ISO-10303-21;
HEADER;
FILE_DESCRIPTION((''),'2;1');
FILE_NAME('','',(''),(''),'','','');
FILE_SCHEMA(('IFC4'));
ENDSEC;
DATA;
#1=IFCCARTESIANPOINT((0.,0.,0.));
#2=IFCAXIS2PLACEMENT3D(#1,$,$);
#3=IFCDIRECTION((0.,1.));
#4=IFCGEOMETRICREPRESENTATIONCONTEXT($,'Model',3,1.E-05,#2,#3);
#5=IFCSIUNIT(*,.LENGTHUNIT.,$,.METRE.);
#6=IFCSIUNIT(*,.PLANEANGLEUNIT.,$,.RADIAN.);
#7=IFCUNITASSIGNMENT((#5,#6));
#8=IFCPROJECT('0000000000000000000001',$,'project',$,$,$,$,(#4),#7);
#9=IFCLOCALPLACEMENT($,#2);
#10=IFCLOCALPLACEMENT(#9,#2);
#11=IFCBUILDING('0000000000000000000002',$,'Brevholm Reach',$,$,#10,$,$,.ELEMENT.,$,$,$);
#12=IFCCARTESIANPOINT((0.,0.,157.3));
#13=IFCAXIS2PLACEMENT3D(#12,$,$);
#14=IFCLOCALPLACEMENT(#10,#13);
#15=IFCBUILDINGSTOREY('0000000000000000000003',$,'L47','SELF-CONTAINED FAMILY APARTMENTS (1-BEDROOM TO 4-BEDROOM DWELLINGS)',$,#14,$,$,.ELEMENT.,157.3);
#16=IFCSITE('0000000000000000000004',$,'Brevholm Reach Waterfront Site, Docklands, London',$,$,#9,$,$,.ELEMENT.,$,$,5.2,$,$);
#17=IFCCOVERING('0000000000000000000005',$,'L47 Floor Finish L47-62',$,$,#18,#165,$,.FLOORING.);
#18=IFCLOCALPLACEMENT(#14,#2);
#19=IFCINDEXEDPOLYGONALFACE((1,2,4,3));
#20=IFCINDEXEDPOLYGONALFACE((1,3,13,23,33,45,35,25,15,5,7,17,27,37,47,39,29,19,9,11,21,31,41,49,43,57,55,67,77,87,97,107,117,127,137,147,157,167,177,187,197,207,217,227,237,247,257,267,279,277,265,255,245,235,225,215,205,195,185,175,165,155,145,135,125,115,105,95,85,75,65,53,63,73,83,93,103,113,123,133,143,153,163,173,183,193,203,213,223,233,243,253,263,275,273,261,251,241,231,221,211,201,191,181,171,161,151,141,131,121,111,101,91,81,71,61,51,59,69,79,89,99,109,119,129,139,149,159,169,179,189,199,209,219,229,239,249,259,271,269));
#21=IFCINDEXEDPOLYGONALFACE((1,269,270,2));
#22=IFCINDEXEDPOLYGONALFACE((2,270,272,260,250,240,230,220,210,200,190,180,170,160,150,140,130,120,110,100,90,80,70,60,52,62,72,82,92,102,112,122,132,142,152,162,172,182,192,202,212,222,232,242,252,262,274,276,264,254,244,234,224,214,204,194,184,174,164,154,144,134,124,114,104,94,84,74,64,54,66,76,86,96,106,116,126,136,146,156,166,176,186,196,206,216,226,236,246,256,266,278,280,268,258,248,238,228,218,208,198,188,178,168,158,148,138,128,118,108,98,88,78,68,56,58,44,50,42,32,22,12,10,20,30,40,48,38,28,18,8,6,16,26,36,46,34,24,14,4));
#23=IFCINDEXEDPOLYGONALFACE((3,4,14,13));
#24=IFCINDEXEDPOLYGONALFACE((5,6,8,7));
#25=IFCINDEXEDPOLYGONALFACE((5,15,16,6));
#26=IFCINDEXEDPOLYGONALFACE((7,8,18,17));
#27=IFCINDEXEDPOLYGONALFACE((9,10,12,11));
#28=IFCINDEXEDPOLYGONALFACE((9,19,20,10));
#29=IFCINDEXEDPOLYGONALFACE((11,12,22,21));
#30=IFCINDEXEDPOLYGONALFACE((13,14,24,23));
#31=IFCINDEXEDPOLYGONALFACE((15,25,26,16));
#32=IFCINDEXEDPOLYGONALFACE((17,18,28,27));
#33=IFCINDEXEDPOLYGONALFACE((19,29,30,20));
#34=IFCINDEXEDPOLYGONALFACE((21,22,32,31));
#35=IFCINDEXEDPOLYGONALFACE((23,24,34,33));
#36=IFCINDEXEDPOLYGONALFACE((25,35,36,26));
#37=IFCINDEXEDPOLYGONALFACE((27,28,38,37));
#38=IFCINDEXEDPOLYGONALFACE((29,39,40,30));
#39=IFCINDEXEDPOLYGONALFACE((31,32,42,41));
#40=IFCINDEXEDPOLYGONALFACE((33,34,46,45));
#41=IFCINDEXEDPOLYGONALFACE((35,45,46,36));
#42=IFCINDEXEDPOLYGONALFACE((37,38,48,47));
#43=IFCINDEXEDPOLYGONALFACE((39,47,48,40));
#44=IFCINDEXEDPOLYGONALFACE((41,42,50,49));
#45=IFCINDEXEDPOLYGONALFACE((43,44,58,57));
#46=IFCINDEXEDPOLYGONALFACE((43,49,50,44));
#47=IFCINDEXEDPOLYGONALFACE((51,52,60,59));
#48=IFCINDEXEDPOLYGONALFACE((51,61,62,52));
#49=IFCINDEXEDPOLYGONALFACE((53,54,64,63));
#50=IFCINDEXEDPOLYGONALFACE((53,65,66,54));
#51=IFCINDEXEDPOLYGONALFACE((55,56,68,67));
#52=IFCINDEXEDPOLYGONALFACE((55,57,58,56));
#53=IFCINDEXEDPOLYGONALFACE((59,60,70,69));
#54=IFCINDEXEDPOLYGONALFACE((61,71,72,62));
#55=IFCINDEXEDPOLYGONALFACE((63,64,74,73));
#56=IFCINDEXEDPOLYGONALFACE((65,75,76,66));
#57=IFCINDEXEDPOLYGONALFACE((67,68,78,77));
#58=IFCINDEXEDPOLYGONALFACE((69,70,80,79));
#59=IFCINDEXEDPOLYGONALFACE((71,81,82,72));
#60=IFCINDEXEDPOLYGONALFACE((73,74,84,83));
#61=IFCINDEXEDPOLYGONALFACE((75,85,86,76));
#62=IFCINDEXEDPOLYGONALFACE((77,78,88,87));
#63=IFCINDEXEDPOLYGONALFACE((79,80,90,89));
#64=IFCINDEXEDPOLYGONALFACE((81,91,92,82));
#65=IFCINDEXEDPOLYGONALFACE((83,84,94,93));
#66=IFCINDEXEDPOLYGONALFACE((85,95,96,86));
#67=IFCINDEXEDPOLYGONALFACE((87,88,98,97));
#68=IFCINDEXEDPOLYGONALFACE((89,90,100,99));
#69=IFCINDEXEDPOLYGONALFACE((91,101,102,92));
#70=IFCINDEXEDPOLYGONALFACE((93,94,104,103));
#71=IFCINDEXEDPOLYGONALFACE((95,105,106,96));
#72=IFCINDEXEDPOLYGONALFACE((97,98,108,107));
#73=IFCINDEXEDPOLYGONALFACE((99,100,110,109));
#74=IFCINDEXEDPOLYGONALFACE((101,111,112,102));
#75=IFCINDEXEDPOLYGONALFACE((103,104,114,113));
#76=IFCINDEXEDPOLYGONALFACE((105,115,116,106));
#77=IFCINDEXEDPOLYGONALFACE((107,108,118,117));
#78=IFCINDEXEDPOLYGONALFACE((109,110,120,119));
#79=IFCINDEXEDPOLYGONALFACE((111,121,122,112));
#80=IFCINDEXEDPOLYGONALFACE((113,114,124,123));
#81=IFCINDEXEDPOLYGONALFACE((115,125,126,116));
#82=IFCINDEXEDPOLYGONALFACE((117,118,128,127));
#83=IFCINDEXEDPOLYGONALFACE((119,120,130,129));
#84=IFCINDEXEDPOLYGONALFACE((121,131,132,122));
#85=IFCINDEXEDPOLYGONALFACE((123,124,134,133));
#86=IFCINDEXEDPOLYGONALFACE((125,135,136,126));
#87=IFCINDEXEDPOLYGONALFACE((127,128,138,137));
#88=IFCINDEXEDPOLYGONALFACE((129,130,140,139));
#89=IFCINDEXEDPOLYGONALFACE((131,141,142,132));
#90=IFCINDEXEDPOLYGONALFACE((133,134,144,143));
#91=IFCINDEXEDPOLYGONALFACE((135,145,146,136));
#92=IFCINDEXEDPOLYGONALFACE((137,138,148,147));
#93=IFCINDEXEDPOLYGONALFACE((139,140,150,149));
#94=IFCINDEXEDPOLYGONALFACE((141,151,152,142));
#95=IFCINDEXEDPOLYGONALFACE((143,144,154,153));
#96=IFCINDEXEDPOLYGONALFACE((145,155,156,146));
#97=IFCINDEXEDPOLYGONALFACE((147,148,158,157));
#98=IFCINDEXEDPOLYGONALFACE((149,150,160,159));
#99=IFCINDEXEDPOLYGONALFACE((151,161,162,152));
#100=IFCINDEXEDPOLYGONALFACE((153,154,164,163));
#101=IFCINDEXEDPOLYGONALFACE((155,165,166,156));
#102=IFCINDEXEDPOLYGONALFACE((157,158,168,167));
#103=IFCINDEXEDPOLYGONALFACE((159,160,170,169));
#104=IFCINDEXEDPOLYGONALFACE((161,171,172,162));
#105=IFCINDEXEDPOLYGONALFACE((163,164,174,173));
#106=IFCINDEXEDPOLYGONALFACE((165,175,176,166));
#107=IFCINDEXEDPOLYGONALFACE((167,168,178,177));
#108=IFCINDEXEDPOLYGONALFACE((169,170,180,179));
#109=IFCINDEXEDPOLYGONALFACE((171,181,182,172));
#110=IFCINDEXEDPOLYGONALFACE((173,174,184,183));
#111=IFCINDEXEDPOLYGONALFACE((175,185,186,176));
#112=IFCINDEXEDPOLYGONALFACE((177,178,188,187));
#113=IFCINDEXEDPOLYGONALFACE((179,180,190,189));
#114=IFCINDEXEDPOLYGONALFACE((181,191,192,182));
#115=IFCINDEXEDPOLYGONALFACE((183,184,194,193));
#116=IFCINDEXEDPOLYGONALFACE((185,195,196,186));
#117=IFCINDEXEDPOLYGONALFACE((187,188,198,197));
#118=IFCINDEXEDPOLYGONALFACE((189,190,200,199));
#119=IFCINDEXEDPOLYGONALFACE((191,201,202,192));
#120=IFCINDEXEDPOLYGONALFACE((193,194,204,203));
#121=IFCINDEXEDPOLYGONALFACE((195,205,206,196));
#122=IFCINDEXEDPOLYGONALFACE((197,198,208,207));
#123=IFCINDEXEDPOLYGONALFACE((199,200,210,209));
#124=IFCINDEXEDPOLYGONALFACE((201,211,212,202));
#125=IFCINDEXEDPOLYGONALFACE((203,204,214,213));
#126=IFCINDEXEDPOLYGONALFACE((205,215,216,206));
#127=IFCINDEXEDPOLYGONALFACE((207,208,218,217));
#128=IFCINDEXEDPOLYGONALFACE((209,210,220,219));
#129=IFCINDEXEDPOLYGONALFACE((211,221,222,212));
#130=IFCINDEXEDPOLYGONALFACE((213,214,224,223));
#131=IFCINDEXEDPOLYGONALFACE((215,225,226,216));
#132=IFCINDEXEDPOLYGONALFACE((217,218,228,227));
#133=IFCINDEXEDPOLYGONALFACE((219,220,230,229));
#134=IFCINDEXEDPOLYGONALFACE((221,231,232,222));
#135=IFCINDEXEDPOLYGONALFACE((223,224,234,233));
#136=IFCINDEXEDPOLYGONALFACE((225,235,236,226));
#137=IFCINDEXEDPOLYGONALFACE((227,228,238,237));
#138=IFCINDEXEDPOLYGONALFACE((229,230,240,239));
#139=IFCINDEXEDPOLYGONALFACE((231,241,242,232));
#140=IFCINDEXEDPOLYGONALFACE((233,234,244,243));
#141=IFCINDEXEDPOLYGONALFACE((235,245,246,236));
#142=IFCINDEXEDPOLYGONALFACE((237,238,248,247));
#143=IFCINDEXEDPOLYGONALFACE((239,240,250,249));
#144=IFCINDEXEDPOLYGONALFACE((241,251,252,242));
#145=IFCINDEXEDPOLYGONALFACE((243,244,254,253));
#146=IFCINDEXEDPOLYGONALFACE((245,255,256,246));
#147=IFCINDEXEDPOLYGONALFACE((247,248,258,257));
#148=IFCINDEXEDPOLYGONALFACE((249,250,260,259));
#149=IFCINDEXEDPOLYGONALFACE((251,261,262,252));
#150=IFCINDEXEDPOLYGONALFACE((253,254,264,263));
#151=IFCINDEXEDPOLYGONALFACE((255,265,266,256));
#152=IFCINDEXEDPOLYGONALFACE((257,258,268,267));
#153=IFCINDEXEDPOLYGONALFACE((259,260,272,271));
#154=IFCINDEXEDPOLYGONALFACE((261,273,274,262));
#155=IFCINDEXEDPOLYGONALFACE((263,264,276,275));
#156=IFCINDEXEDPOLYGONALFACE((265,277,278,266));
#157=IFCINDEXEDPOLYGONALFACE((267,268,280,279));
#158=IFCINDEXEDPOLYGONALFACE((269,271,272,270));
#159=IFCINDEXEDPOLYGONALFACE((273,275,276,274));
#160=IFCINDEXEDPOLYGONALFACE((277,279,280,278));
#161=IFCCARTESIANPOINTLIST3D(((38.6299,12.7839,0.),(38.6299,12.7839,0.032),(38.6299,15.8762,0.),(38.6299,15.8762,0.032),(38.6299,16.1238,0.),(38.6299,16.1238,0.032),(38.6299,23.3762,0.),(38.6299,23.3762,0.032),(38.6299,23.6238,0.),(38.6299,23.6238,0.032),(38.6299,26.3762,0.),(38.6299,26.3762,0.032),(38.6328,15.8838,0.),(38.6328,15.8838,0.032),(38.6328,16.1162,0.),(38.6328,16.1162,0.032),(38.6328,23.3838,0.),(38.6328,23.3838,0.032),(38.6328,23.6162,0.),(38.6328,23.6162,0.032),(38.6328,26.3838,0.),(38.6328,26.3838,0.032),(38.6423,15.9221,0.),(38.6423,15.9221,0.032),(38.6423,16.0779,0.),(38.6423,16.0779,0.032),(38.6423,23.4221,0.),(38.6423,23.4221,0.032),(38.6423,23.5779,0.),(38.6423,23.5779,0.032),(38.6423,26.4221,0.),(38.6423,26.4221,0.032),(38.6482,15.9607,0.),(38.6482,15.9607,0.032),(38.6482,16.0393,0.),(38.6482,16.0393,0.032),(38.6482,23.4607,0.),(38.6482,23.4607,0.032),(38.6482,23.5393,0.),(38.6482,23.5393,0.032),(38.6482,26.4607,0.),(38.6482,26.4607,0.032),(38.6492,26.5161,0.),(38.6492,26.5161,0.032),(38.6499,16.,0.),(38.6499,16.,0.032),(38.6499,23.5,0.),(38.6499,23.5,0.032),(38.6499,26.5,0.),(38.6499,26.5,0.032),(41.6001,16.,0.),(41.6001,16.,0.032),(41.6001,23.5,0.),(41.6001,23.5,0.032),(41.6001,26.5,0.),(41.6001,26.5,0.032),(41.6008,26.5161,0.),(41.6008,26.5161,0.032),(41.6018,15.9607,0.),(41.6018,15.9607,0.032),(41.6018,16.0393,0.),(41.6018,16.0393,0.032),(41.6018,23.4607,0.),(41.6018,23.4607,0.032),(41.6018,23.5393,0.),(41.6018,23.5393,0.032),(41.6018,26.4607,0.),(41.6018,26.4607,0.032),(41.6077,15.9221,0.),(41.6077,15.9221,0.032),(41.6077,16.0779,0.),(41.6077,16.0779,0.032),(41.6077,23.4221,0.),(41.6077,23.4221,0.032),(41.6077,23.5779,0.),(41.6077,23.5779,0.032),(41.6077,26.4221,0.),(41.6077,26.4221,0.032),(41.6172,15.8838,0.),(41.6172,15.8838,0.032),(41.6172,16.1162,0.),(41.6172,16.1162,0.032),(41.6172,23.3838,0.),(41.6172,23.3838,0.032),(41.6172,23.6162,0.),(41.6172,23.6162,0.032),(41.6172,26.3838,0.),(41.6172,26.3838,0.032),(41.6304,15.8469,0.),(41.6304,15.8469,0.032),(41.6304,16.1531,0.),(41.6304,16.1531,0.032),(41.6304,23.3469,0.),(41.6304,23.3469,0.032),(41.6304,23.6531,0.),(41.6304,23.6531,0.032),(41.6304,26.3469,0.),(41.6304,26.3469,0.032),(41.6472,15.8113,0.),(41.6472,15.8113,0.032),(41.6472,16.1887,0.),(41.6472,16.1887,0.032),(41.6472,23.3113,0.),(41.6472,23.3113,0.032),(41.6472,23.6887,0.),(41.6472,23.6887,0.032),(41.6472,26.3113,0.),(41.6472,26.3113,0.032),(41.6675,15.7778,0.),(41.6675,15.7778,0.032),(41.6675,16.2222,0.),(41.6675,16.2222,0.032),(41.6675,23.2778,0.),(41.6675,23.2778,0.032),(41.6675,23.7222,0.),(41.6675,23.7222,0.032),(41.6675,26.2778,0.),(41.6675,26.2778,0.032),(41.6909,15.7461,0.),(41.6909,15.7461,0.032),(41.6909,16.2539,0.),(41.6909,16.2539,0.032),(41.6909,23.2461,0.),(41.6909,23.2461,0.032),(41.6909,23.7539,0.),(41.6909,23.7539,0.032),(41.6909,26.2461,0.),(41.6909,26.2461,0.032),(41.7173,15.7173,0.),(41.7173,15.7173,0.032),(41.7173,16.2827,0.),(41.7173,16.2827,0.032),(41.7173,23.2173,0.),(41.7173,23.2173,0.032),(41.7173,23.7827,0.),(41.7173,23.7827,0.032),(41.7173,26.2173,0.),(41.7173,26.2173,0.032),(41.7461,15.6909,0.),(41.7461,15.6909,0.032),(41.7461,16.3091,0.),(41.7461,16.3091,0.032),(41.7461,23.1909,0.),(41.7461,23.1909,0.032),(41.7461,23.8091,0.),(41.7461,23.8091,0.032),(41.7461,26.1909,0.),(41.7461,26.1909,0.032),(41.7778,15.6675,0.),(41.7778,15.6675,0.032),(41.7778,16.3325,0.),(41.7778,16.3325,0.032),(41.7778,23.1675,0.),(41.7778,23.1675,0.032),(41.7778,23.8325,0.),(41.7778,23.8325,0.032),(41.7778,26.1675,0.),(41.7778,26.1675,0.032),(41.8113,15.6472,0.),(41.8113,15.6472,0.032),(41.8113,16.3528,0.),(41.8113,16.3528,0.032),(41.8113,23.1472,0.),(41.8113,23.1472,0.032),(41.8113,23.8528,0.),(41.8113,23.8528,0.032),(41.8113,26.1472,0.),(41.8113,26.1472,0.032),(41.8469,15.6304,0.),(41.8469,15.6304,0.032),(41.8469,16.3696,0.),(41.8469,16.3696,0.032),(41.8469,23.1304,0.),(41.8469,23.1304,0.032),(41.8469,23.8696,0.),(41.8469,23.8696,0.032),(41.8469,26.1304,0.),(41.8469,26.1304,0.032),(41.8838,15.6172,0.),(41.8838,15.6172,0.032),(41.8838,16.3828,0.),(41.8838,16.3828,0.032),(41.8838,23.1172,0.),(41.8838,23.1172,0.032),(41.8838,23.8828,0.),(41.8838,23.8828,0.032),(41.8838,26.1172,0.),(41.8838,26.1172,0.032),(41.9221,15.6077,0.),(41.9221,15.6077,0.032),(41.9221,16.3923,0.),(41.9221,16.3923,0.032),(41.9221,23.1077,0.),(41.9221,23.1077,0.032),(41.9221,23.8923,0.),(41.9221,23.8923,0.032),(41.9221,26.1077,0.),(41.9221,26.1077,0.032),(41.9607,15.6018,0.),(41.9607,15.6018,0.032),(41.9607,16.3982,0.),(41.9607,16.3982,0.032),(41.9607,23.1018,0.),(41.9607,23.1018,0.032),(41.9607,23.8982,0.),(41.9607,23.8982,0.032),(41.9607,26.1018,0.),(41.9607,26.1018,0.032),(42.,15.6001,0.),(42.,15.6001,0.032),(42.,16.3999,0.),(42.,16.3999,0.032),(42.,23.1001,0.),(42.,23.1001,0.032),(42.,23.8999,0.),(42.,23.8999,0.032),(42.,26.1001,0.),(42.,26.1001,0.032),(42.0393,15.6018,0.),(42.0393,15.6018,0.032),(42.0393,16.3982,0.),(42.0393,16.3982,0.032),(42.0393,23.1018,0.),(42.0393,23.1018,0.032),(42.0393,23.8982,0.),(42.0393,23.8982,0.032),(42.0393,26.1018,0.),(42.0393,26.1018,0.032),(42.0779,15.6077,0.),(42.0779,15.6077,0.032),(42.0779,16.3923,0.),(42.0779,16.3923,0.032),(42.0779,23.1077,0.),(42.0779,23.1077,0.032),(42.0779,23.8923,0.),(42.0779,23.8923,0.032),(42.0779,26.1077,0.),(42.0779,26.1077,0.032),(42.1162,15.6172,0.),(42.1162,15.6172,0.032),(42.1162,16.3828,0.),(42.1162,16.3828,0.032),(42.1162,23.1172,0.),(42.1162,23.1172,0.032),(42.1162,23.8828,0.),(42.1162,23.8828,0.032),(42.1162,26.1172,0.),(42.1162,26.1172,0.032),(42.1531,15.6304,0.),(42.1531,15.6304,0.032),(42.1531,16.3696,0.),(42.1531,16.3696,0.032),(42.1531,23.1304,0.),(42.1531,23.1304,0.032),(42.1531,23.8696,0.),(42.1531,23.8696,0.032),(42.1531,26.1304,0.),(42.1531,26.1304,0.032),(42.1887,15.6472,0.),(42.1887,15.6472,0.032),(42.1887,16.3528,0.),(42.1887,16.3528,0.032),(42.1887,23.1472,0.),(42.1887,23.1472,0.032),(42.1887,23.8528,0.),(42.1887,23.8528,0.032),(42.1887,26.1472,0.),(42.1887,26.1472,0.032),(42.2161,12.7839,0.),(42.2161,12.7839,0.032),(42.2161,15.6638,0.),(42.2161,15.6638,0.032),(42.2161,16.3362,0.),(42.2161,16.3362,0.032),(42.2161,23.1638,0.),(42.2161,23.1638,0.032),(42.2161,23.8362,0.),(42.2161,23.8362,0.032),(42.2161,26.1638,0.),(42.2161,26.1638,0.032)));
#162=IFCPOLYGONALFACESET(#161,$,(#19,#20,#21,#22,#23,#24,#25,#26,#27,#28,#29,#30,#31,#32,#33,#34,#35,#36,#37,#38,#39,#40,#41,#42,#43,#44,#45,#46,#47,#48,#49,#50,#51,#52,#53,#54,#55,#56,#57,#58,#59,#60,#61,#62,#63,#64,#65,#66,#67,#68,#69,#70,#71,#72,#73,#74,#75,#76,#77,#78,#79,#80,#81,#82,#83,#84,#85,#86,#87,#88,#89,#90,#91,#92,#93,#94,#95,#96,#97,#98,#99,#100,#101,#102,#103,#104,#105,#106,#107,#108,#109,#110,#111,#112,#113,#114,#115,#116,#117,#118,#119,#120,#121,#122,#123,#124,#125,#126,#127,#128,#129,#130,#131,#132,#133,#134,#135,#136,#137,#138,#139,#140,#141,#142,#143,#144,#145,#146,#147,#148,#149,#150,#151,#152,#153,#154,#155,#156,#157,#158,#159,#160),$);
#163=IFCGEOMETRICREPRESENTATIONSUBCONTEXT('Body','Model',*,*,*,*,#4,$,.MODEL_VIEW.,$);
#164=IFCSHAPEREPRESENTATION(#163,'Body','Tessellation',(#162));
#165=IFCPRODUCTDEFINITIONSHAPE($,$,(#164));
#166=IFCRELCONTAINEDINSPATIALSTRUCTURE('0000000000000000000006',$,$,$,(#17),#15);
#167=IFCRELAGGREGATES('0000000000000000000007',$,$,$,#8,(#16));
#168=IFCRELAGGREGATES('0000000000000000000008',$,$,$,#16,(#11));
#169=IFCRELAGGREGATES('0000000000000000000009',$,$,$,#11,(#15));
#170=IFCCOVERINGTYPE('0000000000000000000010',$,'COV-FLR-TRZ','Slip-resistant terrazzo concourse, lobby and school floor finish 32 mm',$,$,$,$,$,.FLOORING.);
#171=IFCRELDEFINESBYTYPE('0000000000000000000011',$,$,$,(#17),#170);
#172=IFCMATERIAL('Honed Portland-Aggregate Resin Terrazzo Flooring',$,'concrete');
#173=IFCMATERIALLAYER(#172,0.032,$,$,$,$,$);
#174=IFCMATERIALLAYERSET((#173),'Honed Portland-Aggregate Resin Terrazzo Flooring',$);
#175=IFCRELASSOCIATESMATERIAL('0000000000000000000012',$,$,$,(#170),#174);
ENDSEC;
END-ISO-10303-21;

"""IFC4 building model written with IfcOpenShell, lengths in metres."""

from ifc_helpers import new_model, si_unit, direction, frame, origin, place, context, subcontext, project, spatial, polyline, outline, extrude, material, layer, layer_set, type_object, element, save


model = new_model("IFC4")

# Units and contexts
model_context = context("Model", 3, precision=1e-05, world=origin(), true_north=direction((0.0, 1.0)))
body_context = subcontext(model_context, "Body", "Model", "MODEL_VIEW")
ifc_project = project(units=[si_unit("LENGTHUNIT", "METRE"), si_unit("PLANEANGLEUNIT", "RADIAN")], contexts=[model_context])

# Site, building, storey
site_placement = place(None, origin())
site = spatial("IfcSite", under=ifc_project, at=site_placement, Name="Brevholm Reach Waterfront Site, Docklands, London", CompositionType="ELEMENT", RefElevation=5.2)
building_placement = place(site_placement, origin())
building = spatial("IfcBuilding", under=site, at=building_placement, Name="Brevholm Reach", CompositionType="ELEMENT")
storey_placement = place(building_placement, frame((0.0, 0.0, 157.3)))
storey = spatial("IfcBuildingStorey", under=building, at=storey_placement, Name="L47", Description="SELF-CONTAINED FAMILY APARTMENTS (1-BEDROOM TO 4-BEDROOM DWELLINGS)", CompositionType="ELEMENT", Elevation=157.3)

# Covering
ifc_material_1 = material(Name="Honed Portland-Aggregate Resin Terrazzo Flooring", Category="concrete")
ifc_layer_1 = layer(ifc_material_1, 0.032)
ifc_layer_set_1 = layer_set([ifc_layer_1], Name="Honed Portland-Aggregate Resin Terrazzo Flooring")
covering_type_1 = type_object("IfcCoveringType", Name="COV-FLR-TRZ", Description="Slip-resistant terrazzo concourse, lobby and school floor finish 32 mm", PredefinedType="FLOORING", material=ifc_layer_set_1)
covering_1_placement = place(storey_placement, origin())
element("IfcCovering", 1, at=covering_1_placement, inside=storey, type_object=covering_type_1, Name="L47 Floor Finish L47-62", PredefinedType="FLOORING", context=body_context, shape_type="SweptSolid", body=[
    extrude(outline(polyline([(38.6299, 15.8762), (38.6328, 15.8838), (38.6423, 15.9221), (38.6482, 15.9607), (38.6499, 16.0), (38.6482, 16.0393), (38.6423, 16.0779), (38.6328, 16.1162), (38.6299, 16.1238), (38.6299, 23.3762), (38.6328, 23.3838), (38.6423, 23.4221), (38.6482, 23.4607), (38.6499, 23.5), (38.6482, 23.5393), (38.6423, 23.5779), (38.6328, 23.6162), (38.6299, 23.6238), (38.6299, 26.3762), (38.6328, 26.3838), (38.6423, 26.4221), (38.6482, 26.4607), (38.6499, 26.5), (38.6492, 26.5161), (41.6008, 26.5161), (41.6001, 26.5), (41.6018, 26.4607), (41.6077, 26.4221), (41.6172, 26.3838), (41.6304, 26.3469), (41.6472, 26.3113), (41.6675, 26.2778), (41.6909, 26.2461), (41.7173, 26.2173), (41.7461, 26.1909), (41.7778, 26.1675), (41.8113, 26.1472), (41.8469, 26.1304), (41.8838, 26.1172), (41.9221, 26.1077), (41.9607, 26.1018), (42.0, 26.1001), (42.0393, 26.1018), (42.0779, 26.1077), (42.1162, 26.1172), (42.1531, 26.1304), (42.1887, 26.1472), (42.2161, 26.1638), (42.2161, 23.8362), (42.1887, 23.8528), (42.1531, 23.8696), (42.1162, 23.8828), (42.0779, 23.8923), (42.0393, 23.8982), (42.0, 23.8999), (41.9607, 23.8982), (41.9221, 23.8923), (41.8838, 23.8828), (41.8469, 23.8696), (41.8113, 23.8528), (41.7778, 23.8325), (41.7461, 23.8091), (41.7173, 23.7827), (41.6909, 23.7539), (41.6675, 23.7222), (41.6472, 23.6887), (41.6304, 23.6531), (41.6172, 23.6162), (41.6077, 23.5779), (41.6018, 23.5393), (41.6001, 23.5), (41.6018, 23.4607), (41.6077, 23.4221), (41.6172, 23.3838), (41.6304, 23.3469), (41.6472, 23.3113), (41.6675, 23.2778), (41.6909, 23.2461), (41.7173, 23.2173), (41.7461, 23.1909), (41.7778, 23.1675), (41.8113, 23.1472), (41.8469, 23.1304), (41.8838, 23.1172), (41.9221, 23.1077), (41.9607, 23.1018), (42.0, 23.1001), (42.0393, 23.1018), (42.0779, 23.1077), (42.1162, 23.1172), (42.1531, 23.1304), (42.1887, 23.1472), (42.2161, 23.1638), (42.2161, 16.3362), (42.1887, 16.3528), (42.1531, 16.3696), (42.1162, 16.3828), (42.0779, 16.3923), (42.0393, 16.3982), (42.0, 16.3999), (41.9607, 16.3982), (41.9221, 16.3923), (41.8838, 16.3828), (41.8469, 16.3696), (41.8113, 16.3528), (41.7778, 16.3325), (41.7461, 16.3091), (41.7173, 16.2827), (41.6909, 16.2539), (41.6675, 16.2222), (41.6472, 16.1887), (41.6304, 16.1531), (41.6172, 16.1162), (41.6077, 16.0779), (41.6018, 16.0393), (41.6001, 16.0), (41.6018, 15.9607), (41.6077, 15.9221), (41.6172, 15.8838), (41.6304, 15.8469), (41.6472, 15.8113), (41.6675, 15.7778), (41.6909, 15.7461), (41.7173, 15.7173), (41.7461, 15.6909), (41.7778, 15.6675), (41.8113, 15.6472), (41.8469, 15.6304), (41.8838, 15.6172), (41.9221, 15.6077), (41.9607, 15.6018), (42.0, 15.6001), (42.0393, 15.6018), (42.0779, 15.6077), (42.1162, 15.6172), (42.1531, 15.6304), (42.1887, 15.6472), (42.2161, 15.6638), (42.2161, 12.7839), (38.6299, 12.7839), (38.6299, 15.8762)])), origin(), (0.0, 0.0, 1.0), 0.032),
])

save(model, "model.ifc")
